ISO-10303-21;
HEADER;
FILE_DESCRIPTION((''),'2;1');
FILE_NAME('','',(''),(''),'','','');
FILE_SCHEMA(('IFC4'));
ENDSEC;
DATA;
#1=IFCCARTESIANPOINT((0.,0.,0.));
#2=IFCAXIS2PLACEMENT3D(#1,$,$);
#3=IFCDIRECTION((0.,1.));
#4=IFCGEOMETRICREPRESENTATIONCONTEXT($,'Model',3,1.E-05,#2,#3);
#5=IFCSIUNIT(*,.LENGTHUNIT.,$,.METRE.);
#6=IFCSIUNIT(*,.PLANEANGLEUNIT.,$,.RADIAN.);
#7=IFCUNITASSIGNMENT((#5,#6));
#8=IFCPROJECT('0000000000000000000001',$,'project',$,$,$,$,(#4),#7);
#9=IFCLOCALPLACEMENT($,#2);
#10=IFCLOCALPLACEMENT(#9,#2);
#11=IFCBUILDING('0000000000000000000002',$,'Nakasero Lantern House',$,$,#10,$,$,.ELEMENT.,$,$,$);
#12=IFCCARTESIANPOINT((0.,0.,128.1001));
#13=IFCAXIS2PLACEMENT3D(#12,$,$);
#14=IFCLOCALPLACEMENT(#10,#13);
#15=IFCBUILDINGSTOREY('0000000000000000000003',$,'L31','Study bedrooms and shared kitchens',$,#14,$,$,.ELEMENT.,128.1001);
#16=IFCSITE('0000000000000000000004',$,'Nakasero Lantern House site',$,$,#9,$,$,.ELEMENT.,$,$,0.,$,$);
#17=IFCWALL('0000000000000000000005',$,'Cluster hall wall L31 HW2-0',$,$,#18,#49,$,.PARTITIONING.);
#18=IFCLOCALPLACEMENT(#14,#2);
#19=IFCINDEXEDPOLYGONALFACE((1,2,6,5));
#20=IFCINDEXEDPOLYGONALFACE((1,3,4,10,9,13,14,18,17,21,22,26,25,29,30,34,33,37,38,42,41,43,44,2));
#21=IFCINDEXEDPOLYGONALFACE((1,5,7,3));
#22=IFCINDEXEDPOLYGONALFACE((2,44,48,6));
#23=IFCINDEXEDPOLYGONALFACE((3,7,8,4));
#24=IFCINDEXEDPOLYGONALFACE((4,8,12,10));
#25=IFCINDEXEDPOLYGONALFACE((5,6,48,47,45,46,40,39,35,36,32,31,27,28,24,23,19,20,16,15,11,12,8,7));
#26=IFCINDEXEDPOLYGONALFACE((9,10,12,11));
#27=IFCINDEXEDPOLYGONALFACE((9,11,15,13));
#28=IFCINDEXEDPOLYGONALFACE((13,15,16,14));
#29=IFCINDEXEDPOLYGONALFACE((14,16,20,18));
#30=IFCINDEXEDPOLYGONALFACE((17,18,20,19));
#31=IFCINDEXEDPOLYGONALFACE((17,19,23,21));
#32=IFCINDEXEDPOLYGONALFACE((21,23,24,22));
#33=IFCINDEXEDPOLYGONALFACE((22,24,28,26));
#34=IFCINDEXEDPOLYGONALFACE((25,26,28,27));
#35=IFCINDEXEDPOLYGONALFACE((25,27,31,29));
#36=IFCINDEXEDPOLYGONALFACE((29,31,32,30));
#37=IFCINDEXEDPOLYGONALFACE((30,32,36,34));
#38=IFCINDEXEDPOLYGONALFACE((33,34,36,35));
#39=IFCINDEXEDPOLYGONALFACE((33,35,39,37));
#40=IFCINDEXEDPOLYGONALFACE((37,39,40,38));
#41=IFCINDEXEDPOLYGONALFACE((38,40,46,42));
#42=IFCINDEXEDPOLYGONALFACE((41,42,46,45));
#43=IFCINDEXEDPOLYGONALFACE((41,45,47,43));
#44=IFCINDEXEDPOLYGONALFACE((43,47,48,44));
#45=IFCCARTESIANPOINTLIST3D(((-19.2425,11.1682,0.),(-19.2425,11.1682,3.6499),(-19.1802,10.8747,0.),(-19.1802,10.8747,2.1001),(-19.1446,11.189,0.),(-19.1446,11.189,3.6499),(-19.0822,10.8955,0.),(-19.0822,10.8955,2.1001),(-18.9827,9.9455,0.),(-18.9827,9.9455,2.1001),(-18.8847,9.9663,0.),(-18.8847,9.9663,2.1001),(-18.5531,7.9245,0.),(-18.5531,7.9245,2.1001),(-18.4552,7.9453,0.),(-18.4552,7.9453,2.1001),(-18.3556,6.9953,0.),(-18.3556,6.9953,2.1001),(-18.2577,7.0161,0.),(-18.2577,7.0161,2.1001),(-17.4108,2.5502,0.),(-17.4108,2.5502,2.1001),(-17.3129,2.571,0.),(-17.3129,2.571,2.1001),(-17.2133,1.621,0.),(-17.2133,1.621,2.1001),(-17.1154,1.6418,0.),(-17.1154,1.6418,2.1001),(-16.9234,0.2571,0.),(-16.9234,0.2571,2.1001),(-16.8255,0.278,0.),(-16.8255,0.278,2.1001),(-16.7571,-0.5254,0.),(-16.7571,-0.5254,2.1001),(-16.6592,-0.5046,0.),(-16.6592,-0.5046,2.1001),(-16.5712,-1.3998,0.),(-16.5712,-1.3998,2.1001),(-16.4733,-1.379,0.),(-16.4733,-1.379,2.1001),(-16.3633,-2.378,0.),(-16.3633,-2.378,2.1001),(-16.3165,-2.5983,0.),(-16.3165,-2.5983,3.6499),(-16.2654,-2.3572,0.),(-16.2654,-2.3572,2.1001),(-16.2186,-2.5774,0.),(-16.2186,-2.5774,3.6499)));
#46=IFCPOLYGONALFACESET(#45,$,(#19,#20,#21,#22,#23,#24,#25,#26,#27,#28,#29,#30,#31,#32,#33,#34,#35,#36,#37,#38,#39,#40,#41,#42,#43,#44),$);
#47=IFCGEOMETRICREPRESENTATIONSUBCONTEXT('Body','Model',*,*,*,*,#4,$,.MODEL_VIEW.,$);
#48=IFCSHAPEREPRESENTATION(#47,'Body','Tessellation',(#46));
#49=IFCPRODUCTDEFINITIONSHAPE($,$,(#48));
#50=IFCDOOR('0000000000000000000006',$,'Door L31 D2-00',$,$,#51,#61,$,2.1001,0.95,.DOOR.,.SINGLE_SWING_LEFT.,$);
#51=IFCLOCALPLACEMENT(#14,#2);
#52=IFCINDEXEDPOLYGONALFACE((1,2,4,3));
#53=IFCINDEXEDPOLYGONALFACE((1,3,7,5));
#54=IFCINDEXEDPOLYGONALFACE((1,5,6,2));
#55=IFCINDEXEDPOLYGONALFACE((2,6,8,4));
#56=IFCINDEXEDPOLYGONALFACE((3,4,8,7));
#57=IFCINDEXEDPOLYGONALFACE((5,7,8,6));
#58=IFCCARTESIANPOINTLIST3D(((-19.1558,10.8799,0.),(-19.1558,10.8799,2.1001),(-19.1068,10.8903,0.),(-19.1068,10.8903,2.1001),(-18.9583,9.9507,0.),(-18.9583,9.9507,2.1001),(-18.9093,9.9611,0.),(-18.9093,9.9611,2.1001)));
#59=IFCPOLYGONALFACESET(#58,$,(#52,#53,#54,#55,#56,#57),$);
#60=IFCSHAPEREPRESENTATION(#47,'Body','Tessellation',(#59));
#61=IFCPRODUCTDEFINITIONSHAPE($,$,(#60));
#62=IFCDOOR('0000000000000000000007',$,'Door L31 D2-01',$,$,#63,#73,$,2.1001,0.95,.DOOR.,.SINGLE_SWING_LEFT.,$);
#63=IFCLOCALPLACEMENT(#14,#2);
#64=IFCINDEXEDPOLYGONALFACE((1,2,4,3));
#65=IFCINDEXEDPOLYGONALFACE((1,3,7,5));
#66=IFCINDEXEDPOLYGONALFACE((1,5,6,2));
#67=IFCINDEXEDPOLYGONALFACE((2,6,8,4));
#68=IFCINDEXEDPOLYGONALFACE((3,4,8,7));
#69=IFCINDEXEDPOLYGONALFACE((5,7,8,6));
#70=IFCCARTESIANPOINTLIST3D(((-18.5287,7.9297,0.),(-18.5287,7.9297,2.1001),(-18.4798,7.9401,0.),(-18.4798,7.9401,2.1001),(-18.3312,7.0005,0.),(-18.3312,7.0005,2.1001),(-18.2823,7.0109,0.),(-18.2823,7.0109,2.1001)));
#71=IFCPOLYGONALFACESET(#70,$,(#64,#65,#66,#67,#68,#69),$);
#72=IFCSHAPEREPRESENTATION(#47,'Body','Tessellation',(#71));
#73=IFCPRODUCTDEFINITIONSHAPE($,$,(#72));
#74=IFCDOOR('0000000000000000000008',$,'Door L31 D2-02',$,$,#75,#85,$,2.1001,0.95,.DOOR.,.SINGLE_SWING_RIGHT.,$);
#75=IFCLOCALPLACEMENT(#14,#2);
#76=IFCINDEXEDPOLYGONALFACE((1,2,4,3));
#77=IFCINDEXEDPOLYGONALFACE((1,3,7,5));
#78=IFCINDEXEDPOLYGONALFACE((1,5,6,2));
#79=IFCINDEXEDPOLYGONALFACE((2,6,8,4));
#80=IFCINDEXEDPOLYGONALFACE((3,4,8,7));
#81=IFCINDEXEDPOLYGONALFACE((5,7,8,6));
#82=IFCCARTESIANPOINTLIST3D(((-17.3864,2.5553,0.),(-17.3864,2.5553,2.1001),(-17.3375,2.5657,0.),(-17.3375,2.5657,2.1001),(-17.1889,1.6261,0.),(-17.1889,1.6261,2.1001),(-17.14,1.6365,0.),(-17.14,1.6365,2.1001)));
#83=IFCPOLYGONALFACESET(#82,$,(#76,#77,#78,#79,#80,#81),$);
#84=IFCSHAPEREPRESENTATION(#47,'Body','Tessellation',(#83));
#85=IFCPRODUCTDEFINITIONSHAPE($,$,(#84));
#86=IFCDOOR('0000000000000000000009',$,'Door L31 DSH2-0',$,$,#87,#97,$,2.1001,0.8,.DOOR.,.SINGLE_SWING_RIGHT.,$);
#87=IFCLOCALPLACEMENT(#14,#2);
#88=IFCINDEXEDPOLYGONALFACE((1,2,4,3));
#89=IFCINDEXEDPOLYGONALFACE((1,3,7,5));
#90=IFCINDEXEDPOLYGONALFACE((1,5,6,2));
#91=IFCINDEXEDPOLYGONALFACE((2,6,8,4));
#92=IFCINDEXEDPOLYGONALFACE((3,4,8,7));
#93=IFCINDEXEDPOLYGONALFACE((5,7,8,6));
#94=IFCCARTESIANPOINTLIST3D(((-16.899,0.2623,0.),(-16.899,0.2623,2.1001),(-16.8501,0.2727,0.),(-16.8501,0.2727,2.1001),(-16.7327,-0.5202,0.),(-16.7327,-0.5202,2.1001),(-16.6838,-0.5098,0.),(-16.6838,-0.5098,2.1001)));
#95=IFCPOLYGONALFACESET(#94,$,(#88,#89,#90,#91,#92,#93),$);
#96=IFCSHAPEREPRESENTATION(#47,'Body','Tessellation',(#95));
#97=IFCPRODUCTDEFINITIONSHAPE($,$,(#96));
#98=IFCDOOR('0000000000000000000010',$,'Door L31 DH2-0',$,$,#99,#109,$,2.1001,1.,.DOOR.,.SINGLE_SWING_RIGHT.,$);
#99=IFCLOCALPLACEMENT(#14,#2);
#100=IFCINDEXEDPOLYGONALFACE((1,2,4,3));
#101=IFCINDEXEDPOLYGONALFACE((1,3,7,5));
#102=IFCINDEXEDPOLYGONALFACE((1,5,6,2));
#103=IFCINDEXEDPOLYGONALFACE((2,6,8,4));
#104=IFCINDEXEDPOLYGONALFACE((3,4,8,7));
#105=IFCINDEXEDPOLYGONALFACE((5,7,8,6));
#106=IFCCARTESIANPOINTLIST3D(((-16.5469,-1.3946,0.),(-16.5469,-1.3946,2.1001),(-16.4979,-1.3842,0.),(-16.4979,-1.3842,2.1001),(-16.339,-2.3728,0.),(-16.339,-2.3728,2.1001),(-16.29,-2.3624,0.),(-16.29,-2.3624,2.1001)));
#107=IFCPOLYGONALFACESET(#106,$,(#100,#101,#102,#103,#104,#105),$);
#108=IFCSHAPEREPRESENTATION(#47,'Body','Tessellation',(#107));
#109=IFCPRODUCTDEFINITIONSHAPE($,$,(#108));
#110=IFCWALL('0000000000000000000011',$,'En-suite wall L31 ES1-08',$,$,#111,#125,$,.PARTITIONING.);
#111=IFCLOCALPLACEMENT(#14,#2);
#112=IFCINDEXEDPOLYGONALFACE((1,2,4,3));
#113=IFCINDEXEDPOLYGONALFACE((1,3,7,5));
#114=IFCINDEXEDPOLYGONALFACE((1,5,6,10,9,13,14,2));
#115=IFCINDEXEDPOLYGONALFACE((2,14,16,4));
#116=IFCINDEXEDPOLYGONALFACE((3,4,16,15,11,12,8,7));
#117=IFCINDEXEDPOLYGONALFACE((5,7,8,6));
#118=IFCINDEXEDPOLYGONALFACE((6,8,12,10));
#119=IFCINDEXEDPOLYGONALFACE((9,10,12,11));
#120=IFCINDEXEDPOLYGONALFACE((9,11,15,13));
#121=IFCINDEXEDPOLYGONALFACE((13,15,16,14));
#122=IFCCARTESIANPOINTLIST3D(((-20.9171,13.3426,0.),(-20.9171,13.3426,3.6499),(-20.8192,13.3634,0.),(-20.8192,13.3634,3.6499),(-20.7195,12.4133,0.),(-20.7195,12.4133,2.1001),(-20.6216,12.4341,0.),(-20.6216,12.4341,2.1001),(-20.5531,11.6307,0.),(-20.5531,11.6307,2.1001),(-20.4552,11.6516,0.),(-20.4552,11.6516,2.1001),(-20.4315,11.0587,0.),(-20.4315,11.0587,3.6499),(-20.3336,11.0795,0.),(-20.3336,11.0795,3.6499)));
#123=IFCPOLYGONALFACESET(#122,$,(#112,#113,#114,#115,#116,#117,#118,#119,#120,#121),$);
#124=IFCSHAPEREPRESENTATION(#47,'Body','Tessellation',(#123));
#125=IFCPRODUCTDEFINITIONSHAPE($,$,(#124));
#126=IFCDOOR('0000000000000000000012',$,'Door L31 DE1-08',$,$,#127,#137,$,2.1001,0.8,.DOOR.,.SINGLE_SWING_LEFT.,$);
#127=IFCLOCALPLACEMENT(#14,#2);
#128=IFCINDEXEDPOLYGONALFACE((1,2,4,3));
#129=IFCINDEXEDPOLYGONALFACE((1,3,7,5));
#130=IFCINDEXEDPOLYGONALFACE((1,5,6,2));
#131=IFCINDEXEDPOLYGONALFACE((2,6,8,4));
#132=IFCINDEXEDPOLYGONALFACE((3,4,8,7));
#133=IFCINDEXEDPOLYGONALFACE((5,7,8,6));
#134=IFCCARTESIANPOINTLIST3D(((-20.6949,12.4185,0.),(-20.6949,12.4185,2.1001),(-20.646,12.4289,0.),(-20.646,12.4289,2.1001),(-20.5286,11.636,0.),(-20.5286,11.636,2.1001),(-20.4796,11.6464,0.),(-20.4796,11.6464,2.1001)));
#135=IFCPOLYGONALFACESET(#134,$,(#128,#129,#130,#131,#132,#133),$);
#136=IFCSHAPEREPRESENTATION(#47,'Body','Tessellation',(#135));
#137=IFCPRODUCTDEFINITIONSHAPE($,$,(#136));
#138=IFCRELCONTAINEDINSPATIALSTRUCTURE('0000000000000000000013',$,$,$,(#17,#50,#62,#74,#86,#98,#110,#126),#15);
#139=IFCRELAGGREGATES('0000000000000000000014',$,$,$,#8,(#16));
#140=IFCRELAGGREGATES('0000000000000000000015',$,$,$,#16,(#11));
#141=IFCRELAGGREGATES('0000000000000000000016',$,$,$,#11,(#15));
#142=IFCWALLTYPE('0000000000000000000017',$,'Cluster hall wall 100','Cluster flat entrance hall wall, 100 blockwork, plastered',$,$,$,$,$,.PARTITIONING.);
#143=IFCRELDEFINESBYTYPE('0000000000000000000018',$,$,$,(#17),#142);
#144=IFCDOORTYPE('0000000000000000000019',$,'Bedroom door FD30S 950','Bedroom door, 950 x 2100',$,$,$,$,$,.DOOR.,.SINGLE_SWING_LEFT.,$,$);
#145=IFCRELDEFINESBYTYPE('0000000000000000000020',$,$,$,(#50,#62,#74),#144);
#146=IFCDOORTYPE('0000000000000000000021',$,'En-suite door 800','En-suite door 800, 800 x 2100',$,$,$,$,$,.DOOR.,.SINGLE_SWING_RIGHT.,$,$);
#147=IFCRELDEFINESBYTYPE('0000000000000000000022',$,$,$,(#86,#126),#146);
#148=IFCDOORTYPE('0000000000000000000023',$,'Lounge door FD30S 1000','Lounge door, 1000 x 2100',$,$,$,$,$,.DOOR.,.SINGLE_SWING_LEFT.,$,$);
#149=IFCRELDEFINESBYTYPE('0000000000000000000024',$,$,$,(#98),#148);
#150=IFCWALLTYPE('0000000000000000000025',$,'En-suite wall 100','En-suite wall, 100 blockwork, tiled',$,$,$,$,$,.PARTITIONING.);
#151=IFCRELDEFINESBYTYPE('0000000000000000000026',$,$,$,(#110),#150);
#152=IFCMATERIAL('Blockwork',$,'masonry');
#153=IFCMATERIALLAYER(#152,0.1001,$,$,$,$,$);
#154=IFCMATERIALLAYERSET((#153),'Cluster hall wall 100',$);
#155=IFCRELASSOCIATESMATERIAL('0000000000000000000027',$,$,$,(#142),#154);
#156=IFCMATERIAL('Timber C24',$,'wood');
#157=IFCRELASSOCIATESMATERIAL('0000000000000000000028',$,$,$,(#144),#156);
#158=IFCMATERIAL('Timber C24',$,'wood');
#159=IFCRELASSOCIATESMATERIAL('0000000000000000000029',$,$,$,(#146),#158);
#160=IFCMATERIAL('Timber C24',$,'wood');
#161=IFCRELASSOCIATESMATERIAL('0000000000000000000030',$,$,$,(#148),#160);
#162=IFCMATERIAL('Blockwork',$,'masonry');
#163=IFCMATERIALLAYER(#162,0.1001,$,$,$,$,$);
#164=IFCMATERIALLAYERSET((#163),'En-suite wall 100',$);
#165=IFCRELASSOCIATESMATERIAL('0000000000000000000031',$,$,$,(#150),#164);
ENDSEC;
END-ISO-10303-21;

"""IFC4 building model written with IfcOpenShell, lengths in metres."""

from ifc_helpers import new_model, si_unit, direction, frame, frame_2d, origin, place, context, subcontext, project, spatial, rectangle, extrude, material, layer, layer_set, type_object, element, fill, save


model = new_model("IFC4")

# Units and contexts
model_context = context("Model", 3, precision=1e-05, world=origin(), true_north=direction((0.0, 1.0)))
body_context = subcontext(model_context, "Body", "Model", "MODEL_VIEW")
ifc_project = project(units=[si_unit("LENGTHUNIT", "METRE"), si_unit("PLANEANGLEUNIT", "RADIAN")], contexts=[model_context])

# Site, building, storey
site_placement = place(None, origin())
site = spatial("IfcSite", under=ifc_project, at=site_placement, Name="Nakasero Lantern House site", CompositionType="ELEMENT", RefElevation=0.0)
building_placement = place(site_placement, origin())
building = spatial("IfcBuilding", under=site, at=building_placement, Name="Nakasero Lantern House", CompositionType="ELEMENT")
storey_placement = place(building_placement, frame((0.0, 0.0, 128.1001)))
storey = spatial("IfcBuildingStorey", under=building, at=storey_placement, Name="L31", Description="Study bedrooms and shared kitchens", CompositionType="ELEMENT", Elevation=128.1001)

# Wall, openings, doors
ifc_material_1 = material(Name="Blockwork", Category="masonry")
ifc_layer_1 = layer(ifc_material_1, 0.1001)
ifc_layer_set_1 = layer_set([ifc_layer_1], Name="Cluster hall wall 100")
wall_type_1 = type_object("IfcWallType", Name="Cluster hall wall 100", Description="Cluster flat entrance hall wall, 100 blockwork, plastered", PredefinedType="PARTITIONING", material=ifc_layer_set_1)
wall_1_placement = place(storey_placement, frame((-19.1936, 11.1787, 0.0), z_axis=(0.0, 0.0, 1.0), x_axis=(0.207905, -0.978149, 0.0)))
wall_1 = element("IfcWall", 1, at=wall_1_placement, inside=storey, type_object=wall_type_1, Name="Cluster hall wall L31 HW2-0", PredefinedType="PARTITIONING", context=body_context, shape_type="SweptSolid", body=[
    extrude(rectangle(XDim=14.074, YDim=0.1001, at=frame_2d((7.0371, 0.0))), origin(), (0.0, 0.0, 1.0), 3.6499),
])
opening_1_placement = place(wall_1_placement, frame((12.8489, 0.0, 0.0)))
opening_1 = element("IfcOpeningElement", 2, at=opening_1_placement, cuts=wall_1, PredefinedType="OPENING", context=body_context, shape_type="SweptSolid", body=[
    extrude(rectangle(XDim=1.0, YDim=2.1001, at=frame_2d((0.5, 1.05))), frame((0.0, 0.0701, 0.0), z_axis=(0.0, -1.0, 0.0), x_axis=(1.0, 0.0, 0.0)), (0.0, 0.0, 1.0), 0.1401),
])
opening_2_placement = place(wall_1_placement, frame((11.155, 0.0, 0.0)))
opening_2 = element("IfcOpeningElement", 3, at=opening_2_placement, cuts=wall_1, PredefinedType="OPENING", context=body_context, shape_type="SweptSolid", body=[
    extrude(rectangle(XDim=0.8, YDim=2.1001, at=frame_2d((0.3999, 1.05))), frame((0.0, 0.0701, 0.0), z_axis=(0.0, -1.0, 0.0), x_axis=(1.0, 0.0, 0.0)), (0.0, 0.0, 1.0), 0.1401),
])
opening_3_placement = place(wall_1_placement, frame((0.3, 0.0, 0.0)))
opening_3 = element("IfcOpeningElement", 4, at=opening_3_placement, cuts=wall_1, PredefinedType="OPENING", context=body_context, shape_type="SweptSolid", body=[
    extrude(rectangle(XDim=0.95, YDim=2.1001, at=frame_2d((0.4751, 1.05))), frame((0.0, 0.0701, 0.0), z_axis=(0.0, -1.0, 0.0), x_axis=(1.0, 0.0, 0.0)), (0.0, 0.0, 1.0), 0.1401),
])
opening_4_placement = place(wall_1_placement, frame((3.3162, 0.0, 0.0)))
opening_4 = element("IfcOpeningElement", 5, at=opening_4_placement, cuts=wall_1, PredefinedType="OPENING", context=body_context, shape_type="SweptSolid", body=[
    extrude(rectangle(XDim=0.95, YDim=2.1001, at=frame_2d((0.4751, 1.05))), frame((0.0, 0.0701, 0.0), z_axis=(0.0, -1.0, 0.0), x_axis=(1.0, 0.0, 0.0)), (0.0, 0.0, 1.0), 0.1401),
])
opening_5_placement = place(wall_1_placement, frame((8.8105, 0.0, 0.0)))
opening_5 = element("IfcOpeningElement", 6, at=opening_5_placement, cuts=wall_1, PredefinedType="OPENING", context=body_context, shape_type="SweptSolid", body=[
    extrude(rectangle(XDim=0.95, YDim=2.1001, at=frame_2d((0.4751, 1.05))), frame((0.0, 0.0701, 0.0), z_axis=(0.0, -1.0, 0.0), x_axis=(1.0, 0.0, 0.0)), (0.0, 0.0, 1.0), 0.1401),
])
ifc_material_2 = material(Name="Timber C24", Category="wood")
door_type_1 = type_object("IfcDoorType", Name="Bedroom door FD30S 950", Description="Bedroom door, 950 x 2100", OperationType="SINGLE_SWING_LEFT", PredefinedType="DOOR", material=ifc_material_2)
door_1_placement = place(opening_3_placement, origin())
door_1 = element("IfcDoor", 7, at=door_1_placement, inside=storey, type_object=door_type_1, Name="Door L31 D2-00", OperationType="SINGLE_SWING_LEFT", OverallHeight=2.1001, OverallWidth=0.95, PredefinedType="DOOR", context=body_context, shape_type="SweptSolid", body=[
    extrude(rectangle(XDim=0.95, YDim=2.1001, at=frame_2d((0.4751, 1.05))), frame((0.0, 0.0249, 0.0), z_axis=(0.0, -1.0, 0.0), x_axis=(1.0, 0.0, 0.0)), (0.0, 0.0, 1.0), 0.05),
])
fill(opening_3, door_1)
door_2_placement = place(opening_4_placement, origin())
door_2 = element("IfcDoor", 8, at=door_2_placement, inside=storey, type_object=door_type_1, Name="Door L31 D2-01", OperationType="SINGLE_SWING_LEFT", OverallHeight=2.1001, OverallWidth=0.95, PredefinedType="DOOR", context=body_context, shape_type="SweptSolid", body=[
    extrude(rectangle(XDim=0.95, YDim=2.1001, at=frame_2d((0.4751, 1.05))), frame((0.0, 0.0249, 0.0), z_axis=(0.0, -1.0, 0.0), x_axis=(1.0, 0.0, 0.0)), (0.0, 0.0, 1.0), 0.05),
])
fill(opening_4, door_2)
door_3_placement = place(opening_5_placement, origin())
door_3 = element("IfcDoor", 9, at=door_3_placement, inside=storey, type_object=door_type_1, Name="Door L31 D2-02", OperationType="SINGLE_SWING_RIGHT", OverallHeight=2.1001, OverallWidth=0.95, PredefinedType="DOOR", context=body_context, shape_type="SweptSolid", body=[
    extrude(rectangle(XDim=0.95, YDim=2.1001, at=frame_2d((0.4751, 1.05))), frame((0.0, 0.0249, 0.0), z_axis=(0.0, -1.0, 0.0), x_axis=(1.0, 0.0, 0.0)), (0.0, 0.0, 1.0), 0.05),
])
fill(opening_5, door_3)
ifc_material_3 = material(Name="Timber C24", Category="wood")
door_type_2 = type_object("IfcDoorType", Name="En-suite door 800", Description="En-suite door 800, 800 x 2100", OperationType="SINGLE_SWING_RIGHT", PredefinedType="DOOR", material=ifc_material_3)
door_4_placement = place(opening_2_placement, origin())
door_4 = element("IfcDoor", 10, at=door_4_placement, inside=storey, type_object=door_type_2, Name="Door L31 DSH2-0", OperationType="SINGLE_SWING_RIGHT", OverallHeight=2.1001, OverallWidth=0.8, PredefinedType="DOOR", context=body_context, shape_type="SweptSolid", body=[
    extrude(rectangle(XDim=0.8, YDim=2.1001, at=frame_2d((0.3999, 1.05))), frame((0.0, 0.0249, 0.0), z_axis=(0.0, -1.0, 0.0), x_axis=(1.0, 0.0, 0.0)), (0.0, 0.0, 1.0), 0.05),
])
fill(opening_2, door_4)
ifc_material_4 = material(Name="Timber C24", Category="wood")
door_type_3 = type_object("IfcDoorType", Name="Lounge door FD30S 1000", Description="Lounge door, 1000 x 2100", OperationType="SINGLE_SWING_LEFT", PredefinedType="DOOR", material=ifc_material_4)
door_5_placement = place(opening_1_placement, origin())
door_5 = element("IfcDoor", 11, at=door_5_placement, inside=storey, type_object=door_type_3, Name="Door L31 DH2-0", OperationType="SINGLE_SWING_RIGHT", OverallHeight=2.1001, OverallWidth=1.0, PredefinedType="DOOR", context=body_context, shape_type="SweptSolid", body=[
    extrude(rectangle(XDim=1.0, YDim=2.1001, at=frame_2d((0.5, 1.05))), frame((0.0, 0.0249, 0.0), z_axis=(0.0, -1.0, 0.0), x_axis=(1.0, 0.0, 0.0)), (0.0, 0.0, 1.0), 0.05),
])
fill(opening_1, door_5)

# Wall, opening, door
ifc_material_5 = material(Name="Blockwork", Category="masonry")
ifc_layer_2 = layer(ifc_material_5, 0.1001)
ifc_layer_set_2 = layer_set([ifc_layer_2], Name="En-suite wall 100")
wall_type_2 = type_object("IfcWallType", Name="En-suite wall 100", Description="En-suite wall, 100 blockwork, tiled", PredefinedType="PARTITIONING", material=ifc_layer_set_2)
wall_2_placement = place(storey_placement, frame((-20.3826, 11.0691, 0.0), z_axis=(0.0, 0.0, 1.0), x_axis=(-0.207965, 0.978136, 0.0)))
wall_2 = element("IfcWall", 12, at=wall_2_placement, inside=storey, type_object=wall_type_2, Name="En-suite wall L31 ES1-08", PredefinedType="PARTITIONING", context=body_context, shape_type="SweptSolid", body=[
    extrude(rectangle(XDim=2.335, YDim=0.1001, at=frame_2d((1.1675, 0.0))), origin(), (0.0, 0.0, 1.0), 3.6499),
])
opening_6_placement = place(wall_2_placement, frame((0.585, 0.0, 0.0)))
opening_6 = element("IfcOpeningElement", 13, at=opening_6_placement, cuts=wall_2, PredefinedType="OPENING", context=body_context, shape_type="SweptSolid", body=[
    extrude(rectangle(XDim=0.8, YDim=2.1001, at=frame_2d((0.3999, 1.05))), frame((0.0, 0.0701, 0.0), z_axis=(0.0, -1.0, 0.0), x_axis=(1.0, 0.0, 0.0)), (0.0, 0.0, 1.0), 0.1401),
])
door_6_placement = place(opening_6_placement, origin())
door_6 = element("IfcDoor", 14, at=door_6_placement, inside=storey, type_object=door_type_2, Name="Door L31 DE1-08", OperationType="SINGLE_SWING_LEFT", OverallHeight=2.1001, OverallWidth=0.8, PredefinedType="DOOR", context=body_context, shape_type="SweptSolid", body=[
    extrude(rectangle(XDim=0.8, YDim=2.1001, at=frame_2d((0.3999, 1.05))), frame((0.0, 0.0249, 0.0), z_axis=(0.0, -1.0, 0.0), x_axis=(1.0, 0.0, 0.0)), (0.0, 0.0, 1.0), 0.05),
])
fill(opening_6, door_6)

save(model, "model.ifc")
